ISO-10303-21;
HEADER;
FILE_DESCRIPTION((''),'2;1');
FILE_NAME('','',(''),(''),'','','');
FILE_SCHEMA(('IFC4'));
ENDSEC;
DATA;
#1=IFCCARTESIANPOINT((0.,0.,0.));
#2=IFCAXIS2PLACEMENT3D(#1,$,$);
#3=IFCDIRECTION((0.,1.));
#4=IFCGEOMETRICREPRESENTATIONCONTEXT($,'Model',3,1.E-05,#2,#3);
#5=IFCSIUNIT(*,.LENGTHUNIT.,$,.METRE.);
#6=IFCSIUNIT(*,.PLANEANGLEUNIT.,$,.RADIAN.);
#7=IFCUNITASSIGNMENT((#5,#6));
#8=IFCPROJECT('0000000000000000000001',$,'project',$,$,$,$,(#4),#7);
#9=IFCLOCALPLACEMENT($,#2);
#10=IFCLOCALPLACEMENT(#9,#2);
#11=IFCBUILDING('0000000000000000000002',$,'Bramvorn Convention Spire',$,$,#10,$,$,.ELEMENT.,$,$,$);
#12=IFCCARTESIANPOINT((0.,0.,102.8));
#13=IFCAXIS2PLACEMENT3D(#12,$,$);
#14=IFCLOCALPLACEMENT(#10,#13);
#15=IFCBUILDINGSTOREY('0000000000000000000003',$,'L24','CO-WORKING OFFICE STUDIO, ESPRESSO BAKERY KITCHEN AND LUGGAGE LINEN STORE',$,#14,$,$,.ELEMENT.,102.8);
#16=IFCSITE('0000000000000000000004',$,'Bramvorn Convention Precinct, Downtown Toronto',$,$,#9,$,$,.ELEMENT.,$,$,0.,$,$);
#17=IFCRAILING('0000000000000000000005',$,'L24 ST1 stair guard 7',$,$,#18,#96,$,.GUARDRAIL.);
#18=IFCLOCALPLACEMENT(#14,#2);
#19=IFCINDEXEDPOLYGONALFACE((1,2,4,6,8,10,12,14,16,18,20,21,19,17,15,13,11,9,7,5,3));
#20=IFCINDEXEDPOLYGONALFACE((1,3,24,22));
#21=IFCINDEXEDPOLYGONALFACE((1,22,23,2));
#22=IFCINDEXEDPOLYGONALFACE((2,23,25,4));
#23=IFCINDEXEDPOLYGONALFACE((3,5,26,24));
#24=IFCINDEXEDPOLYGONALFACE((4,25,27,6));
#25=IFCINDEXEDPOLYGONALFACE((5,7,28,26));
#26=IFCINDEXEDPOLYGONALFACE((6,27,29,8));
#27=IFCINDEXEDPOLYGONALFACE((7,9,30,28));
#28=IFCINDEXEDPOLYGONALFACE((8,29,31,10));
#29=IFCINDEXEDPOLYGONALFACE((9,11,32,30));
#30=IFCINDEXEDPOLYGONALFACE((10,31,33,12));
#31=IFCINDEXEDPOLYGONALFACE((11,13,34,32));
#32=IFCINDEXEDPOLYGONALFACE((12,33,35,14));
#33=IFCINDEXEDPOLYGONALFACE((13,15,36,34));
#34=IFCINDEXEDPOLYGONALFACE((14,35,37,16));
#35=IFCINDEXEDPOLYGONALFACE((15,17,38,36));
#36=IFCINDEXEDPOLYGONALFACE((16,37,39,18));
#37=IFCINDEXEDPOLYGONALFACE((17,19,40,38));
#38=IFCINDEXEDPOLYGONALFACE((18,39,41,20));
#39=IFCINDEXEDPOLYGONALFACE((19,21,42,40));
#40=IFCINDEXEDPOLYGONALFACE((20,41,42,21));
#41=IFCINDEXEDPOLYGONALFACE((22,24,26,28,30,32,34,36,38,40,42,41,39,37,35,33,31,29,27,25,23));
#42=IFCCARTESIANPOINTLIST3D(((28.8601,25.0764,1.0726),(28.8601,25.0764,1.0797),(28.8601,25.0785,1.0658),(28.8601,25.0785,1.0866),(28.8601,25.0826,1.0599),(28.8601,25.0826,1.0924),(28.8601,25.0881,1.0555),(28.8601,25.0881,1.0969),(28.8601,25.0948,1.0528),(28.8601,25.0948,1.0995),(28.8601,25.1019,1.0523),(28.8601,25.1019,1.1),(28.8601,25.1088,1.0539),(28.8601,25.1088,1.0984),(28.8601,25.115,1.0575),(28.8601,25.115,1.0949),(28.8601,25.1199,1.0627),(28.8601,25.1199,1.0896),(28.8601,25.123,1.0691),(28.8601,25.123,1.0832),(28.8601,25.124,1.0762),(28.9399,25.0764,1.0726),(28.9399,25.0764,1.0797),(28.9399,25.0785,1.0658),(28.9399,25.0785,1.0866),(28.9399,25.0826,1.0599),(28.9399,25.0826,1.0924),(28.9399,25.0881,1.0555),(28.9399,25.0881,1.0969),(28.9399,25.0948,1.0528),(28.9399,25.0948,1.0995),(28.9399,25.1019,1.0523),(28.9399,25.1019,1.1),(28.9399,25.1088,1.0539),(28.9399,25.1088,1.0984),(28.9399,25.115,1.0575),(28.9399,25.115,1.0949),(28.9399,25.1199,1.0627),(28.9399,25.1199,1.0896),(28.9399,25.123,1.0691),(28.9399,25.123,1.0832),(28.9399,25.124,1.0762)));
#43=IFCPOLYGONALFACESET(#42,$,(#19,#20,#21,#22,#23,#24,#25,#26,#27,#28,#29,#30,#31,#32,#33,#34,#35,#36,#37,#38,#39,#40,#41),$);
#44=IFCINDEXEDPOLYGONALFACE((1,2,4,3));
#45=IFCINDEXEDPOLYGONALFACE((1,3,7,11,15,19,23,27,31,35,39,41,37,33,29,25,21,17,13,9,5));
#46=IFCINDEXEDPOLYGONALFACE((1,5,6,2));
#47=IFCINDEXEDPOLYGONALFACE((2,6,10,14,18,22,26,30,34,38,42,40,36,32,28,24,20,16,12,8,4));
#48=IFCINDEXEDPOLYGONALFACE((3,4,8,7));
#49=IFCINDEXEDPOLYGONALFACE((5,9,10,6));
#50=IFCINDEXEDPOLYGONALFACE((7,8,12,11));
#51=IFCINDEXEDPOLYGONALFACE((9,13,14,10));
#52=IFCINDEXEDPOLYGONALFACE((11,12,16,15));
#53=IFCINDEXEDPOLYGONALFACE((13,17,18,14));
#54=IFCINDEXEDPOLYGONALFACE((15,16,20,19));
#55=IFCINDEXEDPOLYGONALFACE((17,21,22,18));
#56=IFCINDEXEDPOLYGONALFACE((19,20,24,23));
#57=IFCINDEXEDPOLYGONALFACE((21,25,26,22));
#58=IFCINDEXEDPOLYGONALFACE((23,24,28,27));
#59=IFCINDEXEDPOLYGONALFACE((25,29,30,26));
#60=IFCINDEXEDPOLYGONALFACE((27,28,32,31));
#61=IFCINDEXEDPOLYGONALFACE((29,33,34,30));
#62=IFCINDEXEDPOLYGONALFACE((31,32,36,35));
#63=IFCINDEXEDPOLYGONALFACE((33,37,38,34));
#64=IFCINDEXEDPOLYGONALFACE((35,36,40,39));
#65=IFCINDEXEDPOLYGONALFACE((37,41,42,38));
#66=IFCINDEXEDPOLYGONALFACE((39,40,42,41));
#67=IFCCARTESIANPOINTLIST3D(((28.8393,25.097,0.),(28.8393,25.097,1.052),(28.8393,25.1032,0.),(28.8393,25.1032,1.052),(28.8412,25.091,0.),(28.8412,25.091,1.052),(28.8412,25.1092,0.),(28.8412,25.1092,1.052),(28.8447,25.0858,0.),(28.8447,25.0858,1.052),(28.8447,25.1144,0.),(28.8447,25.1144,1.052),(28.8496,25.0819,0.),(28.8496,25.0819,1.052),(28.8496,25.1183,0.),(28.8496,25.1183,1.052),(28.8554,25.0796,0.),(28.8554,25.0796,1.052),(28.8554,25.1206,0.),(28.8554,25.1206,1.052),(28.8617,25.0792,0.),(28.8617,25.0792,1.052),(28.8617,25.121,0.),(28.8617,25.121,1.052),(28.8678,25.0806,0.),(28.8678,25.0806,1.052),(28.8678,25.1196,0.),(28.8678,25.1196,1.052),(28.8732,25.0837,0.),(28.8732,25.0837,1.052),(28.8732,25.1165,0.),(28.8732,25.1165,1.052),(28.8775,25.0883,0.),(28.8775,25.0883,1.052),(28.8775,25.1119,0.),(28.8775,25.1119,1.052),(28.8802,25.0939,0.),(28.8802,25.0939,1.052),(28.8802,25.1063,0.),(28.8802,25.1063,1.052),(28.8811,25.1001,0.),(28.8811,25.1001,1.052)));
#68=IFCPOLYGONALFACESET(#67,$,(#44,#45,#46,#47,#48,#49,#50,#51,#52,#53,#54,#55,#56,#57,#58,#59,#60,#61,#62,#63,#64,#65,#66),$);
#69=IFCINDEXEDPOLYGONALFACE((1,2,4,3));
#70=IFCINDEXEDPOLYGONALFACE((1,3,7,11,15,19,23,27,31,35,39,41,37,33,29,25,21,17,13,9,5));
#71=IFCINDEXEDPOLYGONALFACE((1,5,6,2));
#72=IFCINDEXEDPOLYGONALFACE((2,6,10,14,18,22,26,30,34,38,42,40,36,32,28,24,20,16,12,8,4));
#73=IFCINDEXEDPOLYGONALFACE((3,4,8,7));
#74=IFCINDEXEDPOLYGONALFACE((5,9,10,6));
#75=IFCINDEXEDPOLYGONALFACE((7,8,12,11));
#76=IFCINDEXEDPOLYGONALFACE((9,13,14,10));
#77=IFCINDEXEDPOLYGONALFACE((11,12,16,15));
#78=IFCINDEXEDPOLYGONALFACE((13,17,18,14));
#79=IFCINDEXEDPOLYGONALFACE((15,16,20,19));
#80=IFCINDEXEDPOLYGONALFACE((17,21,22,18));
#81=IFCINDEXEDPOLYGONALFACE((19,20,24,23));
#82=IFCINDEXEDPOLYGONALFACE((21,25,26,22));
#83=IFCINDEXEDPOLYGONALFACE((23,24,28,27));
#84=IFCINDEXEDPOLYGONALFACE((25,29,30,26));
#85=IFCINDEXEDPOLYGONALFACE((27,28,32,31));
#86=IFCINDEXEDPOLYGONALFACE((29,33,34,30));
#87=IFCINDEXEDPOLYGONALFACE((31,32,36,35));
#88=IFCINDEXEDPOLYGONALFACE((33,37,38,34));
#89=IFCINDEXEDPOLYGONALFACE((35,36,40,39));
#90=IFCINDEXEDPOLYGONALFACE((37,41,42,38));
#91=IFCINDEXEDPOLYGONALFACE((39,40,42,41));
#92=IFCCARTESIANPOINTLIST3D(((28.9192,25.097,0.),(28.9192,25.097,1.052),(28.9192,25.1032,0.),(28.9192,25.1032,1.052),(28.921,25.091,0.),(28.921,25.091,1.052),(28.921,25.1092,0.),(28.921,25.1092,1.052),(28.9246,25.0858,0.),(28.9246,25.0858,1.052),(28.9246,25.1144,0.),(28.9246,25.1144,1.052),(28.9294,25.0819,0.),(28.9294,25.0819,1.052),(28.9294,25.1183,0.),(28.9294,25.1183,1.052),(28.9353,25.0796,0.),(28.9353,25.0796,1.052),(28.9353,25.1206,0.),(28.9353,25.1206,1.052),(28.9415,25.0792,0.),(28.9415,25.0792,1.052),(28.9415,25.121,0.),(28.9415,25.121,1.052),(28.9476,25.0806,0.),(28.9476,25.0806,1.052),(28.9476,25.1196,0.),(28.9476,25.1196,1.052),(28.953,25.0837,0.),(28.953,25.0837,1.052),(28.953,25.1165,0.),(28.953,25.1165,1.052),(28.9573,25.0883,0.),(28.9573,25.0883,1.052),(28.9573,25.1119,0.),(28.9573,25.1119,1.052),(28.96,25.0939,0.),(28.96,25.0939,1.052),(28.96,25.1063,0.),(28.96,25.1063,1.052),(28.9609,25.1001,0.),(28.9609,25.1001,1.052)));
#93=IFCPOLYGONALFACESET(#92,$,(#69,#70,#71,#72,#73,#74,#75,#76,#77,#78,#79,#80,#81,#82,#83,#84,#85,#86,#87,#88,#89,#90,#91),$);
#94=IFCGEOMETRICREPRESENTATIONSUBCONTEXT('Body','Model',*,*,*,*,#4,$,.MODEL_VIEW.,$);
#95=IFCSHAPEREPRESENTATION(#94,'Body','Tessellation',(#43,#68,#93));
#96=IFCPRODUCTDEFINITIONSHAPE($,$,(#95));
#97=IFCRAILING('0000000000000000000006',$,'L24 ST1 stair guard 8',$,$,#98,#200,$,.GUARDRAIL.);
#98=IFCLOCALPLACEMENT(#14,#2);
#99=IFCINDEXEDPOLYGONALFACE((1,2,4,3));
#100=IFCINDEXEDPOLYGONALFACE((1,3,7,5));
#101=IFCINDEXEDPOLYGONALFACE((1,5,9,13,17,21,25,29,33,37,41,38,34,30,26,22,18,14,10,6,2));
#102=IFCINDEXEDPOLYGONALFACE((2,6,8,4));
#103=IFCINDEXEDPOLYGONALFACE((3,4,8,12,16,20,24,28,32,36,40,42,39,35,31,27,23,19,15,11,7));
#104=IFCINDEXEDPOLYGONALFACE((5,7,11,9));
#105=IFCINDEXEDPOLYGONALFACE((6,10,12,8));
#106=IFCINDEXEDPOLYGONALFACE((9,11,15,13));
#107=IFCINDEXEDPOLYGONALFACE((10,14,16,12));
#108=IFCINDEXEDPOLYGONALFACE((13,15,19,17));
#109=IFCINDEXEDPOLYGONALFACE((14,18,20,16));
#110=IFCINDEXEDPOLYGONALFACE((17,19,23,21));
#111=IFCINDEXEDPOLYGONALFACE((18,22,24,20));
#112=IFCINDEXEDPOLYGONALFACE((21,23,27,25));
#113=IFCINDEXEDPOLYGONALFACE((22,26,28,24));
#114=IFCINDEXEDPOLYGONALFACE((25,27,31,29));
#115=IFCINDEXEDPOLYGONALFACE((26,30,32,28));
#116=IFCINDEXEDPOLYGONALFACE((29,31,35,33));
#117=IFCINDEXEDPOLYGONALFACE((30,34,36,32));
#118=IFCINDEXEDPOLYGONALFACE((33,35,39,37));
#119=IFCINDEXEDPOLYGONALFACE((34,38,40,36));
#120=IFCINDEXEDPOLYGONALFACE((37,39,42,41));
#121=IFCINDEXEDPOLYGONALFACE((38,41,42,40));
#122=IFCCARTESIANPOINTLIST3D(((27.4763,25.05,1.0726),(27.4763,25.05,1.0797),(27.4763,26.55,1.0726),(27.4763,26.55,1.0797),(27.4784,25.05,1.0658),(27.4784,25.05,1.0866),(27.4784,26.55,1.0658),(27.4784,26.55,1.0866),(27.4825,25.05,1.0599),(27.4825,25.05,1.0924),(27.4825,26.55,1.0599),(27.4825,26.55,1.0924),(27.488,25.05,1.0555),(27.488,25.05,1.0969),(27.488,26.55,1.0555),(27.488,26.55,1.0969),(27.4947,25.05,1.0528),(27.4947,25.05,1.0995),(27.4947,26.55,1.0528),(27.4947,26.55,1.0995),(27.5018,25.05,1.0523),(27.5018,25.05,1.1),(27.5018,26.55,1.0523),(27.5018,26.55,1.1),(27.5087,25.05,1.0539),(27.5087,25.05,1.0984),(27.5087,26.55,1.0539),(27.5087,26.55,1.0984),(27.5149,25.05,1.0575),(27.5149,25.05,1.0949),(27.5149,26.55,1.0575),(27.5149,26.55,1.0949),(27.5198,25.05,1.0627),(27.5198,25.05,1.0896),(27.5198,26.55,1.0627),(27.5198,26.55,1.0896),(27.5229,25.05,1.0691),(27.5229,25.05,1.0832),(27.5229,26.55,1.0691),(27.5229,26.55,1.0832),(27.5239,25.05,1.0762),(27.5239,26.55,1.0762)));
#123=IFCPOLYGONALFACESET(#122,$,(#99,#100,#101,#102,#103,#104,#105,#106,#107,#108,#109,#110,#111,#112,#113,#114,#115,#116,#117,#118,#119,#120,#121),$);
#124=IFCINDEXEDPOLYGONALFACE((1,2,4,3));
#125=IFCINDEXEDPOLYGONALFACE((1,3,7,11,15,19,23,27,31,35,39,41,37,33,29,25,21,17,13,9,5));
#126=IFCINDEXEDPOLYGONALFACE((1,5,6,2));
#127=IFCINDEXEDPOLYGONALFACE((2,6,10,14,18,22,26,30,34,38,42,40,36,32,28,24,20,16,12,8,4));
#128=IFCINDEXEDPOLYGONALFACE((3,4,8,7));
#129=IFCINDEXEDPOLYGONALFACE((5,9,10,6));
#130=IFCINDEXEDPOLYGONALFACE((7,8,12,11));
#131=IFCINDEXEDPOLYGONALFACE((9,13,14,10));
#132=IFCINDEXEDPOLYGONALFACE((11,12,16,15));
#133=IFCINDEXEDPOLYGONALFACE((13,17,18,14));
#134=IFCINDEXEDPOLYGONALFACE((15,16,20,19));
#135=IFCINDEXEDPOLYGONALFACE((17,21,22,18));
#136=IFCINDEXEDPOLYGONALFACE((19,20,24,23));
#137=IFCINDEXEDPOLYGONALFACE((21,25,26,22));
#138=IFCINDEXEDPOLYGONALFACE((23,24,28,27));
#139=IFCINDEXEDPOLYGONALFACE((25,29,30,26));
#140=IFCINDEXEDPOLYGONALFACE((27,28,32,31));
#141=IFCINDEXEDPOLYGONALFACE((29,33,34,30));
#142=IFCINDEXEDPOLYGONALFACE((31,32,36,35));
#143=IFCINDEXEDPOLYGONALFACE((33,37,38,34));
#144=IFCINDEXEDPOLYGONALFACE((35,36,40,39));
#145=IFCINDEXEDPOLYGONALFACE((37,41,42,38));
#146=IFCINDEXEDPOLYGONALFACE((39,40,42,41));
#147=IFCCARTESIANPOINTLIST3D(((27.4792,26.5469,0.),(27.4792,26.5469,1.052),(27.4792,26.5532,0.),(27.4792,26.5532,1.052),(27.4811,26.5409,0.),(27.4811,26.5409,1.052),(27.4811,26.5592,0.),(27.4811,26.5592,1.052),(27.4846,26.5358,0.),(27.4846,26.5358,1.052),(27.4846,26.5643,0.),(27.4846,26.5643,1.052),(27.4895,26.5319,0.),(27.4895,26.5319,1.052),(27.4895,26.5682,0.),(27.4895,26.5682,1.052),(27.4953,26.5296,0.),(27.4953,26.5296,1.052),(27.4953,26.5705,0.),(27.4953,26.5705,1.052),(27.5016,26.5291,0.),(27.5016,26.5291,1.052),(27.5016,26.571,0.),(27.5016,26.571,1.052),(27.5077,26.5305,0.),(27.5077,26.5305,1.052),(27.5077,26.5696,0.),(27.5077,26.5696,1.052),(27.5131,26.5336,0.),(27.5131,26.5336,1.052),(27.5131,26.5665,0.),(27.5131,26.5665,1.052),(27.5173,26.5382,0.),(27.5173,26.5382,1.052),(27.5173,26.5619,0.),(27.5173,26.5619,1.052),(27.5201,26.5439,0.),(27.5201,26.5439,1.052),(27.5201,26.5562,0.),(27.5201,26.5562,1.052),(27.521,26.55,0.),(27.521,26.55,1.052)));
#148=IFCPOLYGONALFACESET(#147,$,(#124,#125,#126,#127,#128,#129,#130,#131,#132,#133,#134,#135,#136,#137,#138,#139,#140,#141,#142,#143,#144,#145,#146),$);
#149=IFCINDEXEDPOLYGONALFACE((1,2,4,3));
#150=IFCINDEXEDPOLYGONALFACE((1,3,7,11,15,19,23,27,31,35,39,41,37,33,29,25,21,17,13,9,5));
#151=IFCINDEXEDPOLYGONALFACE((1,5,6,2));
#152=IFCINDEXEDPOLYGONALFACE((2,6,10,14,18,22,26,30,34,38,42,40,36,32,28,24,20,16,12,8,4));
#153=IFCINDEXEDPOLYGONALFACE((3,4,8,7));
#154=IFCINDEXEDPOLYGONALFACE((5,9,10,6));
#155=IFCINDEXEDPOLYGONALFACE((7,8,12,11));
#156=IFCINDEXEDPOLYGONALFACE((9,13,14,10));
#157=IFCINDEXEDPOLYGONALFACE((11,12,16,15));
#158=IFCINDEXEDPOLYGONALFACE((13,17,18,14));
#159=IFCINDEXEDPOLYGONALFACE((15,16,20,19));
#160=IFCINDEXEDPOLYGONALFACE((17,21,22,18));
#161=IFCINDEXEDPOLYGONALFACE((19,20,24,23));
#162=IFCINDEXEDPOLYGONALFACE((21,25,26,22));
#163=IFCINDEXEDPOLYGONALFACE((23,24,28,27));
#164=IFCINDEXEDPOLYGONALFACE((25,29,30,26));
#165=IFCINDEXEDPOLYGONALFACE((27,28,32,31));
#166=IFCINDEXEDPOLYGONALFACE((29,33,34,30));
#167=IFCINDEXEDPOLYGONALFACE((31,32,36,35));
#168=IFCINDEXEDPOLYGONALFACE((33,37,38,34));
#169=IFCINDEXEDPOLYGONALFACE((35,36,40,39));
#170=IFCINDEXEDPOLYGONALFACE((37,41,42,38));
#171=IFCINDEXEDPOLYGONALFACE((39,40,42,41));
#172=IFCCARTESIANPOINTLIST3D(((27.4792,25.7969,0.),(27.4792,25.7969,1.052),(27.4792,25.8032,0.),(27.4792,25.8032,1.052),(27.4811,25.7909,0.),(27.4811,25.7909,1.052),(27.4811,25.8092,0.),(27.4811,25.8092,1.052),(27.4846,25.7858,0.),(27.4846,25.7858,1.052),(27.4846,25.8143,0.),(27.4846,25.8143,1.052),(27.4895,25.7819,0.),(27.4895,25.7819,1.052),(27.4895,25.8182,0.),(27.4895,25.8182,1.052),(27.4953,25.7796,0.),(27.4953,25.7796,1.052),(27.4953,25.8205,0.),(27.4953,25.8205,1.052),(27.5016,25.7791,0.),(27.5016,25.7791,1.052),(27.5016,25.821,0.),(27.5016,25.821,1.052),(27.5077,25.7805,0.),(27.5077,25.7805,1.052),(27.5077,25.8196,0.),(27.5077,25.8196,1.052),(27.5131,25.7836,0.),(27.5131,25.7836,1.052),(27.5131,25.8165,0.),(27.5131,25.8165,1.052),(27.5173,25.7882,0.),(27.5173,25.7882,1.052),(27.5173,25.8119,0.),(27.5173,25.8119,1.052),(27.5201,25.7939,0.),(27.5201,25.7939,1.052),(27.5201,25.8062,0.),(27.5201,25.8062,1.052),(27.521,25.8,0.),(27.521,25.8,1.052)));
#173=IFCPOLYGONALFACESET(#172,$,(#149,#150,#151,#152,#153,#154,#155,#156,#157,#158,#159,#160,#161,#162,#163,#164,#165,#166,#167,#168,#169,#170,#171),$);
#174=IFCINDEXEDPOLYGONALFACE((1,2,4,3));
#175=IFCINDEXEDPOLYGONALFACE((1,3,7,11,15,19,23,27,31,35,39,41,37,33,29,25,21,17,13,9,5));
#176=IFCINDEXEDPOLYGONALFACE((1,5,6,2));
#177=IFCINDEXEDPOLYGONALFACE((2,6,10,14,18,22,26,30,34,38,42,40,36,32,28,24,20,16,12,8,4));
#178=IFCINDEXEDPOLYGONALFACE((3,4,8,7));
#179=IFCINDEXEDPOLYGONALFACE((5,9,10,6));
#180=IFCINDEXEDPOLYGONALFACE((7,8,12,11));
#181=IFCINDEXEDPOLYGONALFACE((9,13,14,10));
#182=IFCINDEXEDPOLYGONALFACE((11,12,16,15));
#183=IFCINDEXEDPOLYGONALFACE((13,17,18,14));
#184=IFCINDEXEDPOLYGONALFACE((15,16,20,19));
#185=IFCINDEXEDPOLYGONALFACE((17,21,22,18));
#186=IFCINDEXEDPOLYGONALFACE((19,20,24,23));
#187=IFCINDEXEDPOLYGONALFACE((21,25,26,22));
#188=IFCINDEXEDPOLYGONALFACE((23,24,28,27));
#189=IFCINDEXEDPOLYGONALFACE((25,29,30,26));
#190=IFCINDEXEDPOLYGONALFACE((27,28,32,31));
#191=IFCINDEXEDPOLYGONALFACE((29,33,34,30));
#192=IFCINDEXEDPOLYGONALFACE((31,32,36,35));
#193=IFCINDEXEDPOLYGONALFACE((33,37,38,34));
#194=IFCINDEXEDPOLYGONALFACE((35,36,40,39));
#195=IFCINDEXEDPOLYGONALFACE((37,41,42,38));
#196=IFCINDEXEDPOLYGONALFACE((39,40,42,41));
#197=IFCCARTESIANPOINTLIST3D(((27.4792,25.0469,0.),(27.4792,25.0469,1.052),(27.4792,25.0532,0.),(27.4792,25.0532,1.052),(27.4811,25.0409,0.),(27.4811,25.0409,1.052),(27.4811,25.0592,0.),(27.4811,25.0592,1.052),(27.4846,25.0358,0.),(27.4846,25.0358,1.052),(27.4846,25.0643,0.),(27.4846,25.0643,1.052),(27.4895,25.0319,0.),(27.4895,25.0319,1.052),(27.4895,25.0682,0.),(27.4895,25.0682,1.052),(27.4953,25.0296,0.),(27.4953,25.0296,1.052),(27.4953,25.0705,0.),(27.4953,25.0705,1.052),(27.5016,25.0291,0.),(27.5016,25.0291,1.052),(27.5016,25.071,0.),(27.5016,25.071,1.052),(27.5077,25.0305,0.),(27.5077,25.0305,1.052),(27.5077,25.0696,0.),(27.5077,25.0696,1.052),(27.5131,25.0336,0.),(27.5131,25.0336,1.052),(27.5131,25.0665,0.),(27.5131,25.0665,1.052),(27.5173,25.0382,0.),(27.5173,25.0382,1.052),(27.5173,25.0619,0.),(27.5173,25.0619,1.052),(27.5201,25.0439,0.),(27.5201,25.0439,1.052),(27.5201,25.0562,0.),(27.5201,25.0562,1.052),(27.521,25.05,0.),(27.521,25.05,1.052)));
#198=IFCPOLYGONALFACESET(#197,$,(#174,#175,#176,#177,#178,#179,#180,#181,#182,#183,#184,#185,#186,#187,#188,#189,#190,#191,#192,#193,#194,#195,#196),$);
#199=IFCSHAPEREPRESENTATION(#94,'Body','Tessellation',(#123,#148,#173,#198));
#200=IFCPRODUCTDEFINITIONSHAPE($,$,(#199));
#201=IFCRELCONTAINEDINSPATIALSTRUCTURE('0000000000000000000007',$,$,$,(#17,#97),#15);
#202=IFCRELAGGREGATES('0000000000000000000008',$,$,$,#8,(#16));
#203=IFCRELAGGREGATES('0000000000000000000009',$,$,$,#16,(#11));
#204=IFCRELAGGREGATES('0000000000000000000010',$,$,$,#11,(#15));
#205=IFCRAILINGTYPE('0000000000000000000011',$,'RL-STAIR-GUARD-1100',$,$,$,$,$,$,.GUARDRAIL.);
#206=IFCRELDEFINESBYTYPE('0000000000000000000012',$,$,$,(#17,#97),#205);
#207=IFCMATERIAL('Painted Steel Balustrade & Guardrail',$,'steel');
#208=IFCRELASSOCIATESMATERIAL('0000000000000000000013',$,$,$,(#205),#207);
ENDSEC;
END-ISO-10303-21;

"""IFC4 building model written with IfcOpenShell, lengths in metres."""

from ifc_helpers import new_model, si_unit, direction, frame, origin, origin_2d, place, context, subcontext, project, spatial, circle, extrude, material, type_object, element, save


model = new_model("IFC4")

# Units and contexts
model_context = context("Model", 3, precision=1e-05, world=origin(), true_north=direction((0.0, 1.0)))
body_context = subcontext(model_context, "Body", "Model", "MODEL_VIEW")
ifc_project = project(units=[si_unit("LENGTHUNIT", "METRE"), si_unit("PLANEANGLEUNIT", "RADIAN")], contexts=[model_context])

# Site, building, storey
site_placement = place(None, origin())
site = spatial("IfcSite", under=ifc_project, at=site_placement, Name="Bramvorn Convention Precinct, Downtown Toronto", CompositionType="ELEMENT", RefElevation=0.0)
building_placement = place(site_placement, origin())
building = spatial("IfcBuilding", under=site, at=building_placement, Name="Bramvorn Convention Spire", CompositionType="ELEMENT")
storey_placement = place(building_placement, frame((0.0, 0.0, 102.8)))
storey = spatial("IfcBuildingStorey", under=building, at=storey_placement, Name="L24", Description="CO-WORKING OFFICE STUDIO, ESPRESSO BAKERY KITCHEN AND LUGGAGE LINEN STORE", CompositionType="ELEMENT", Elevation=102.8)

# Railings
ifc_material_1 = material(Name="Painted Steel Balustrade & Guardrail", Category="steel")
railing_type_1 = type_object("IfcRailingType", Name="RL-STAIR-GUARD-1100", PredefinedType="GUARDRAIL", material=ifc_material_1)
railing_1_placement = place(storey_placement, frame((28.8601, 25.1001, 0.0)))
element("IfcRailing", 1, at=railing_1_placement, inside=storey, type_object=railing_type_1, Name="L24 ST1 stair guard 7", PredefinedType="GUARDRAIL", context=body_context, shape_type="SweptSolid", body=[
    extrude(circle(Radius=0.0239, at=origin_2d()), frame((0.0, 0.0, 1.0762), z_axis=(1.0, 0.0, 0.0), x_axis=(0.0, 1.0, 0.0)), (0.0, 0.0, 1.0), 0.0798),
    extrude(circle(Radius=0.021, at=origin_2d()), origin(), (0.0, 0.0, 1.0), 1.052),
    extrude(circle(Radius=0.021, at=origin_2d()), frame((0.0798, 0.0, 0.0)), (0.0, 0.0, 1.0), 1.052),
])
for number, where, name in (
    (2, (27.5, 26.55, 0.0), "L24 ST1 stair guard 8"),
):
    element("IfcRailing", number, at=place(storey_placement, frame(where)), inside=storey, type_object=railing_type_1, Name=name, PredefinedType="GUARDRAIL", context=body_context, shape_type="SweptSolid", body=[
        extrude(circle(Radius=0.0239, at=origin_2d()), frame((0.0, 0.0, 1.0762), z_axis=(0.0, -1.0, 0.0), x_axis=(1.0, 0.0, 0.0)), (0.0, 0.0, 1.0), 1.5),
        extrude(circle(Radius=0.021, at=origin_2d()), origin(), (0.0, 0.0, 1.0), 1.052),
        extrude(circle(Radius=0.021, at=origin_2d()), frame((0.0, -0.75, 0.0)), (0.0, 0.0, 1.0), 1.052),
        extrude(circle(Radius=0.021, at=origin_2d()), frame((0.0, -1.5, 0.0)), (0.0, 0.0, 1.0), 1.052),
    ])

save(model, "model.ifc")
